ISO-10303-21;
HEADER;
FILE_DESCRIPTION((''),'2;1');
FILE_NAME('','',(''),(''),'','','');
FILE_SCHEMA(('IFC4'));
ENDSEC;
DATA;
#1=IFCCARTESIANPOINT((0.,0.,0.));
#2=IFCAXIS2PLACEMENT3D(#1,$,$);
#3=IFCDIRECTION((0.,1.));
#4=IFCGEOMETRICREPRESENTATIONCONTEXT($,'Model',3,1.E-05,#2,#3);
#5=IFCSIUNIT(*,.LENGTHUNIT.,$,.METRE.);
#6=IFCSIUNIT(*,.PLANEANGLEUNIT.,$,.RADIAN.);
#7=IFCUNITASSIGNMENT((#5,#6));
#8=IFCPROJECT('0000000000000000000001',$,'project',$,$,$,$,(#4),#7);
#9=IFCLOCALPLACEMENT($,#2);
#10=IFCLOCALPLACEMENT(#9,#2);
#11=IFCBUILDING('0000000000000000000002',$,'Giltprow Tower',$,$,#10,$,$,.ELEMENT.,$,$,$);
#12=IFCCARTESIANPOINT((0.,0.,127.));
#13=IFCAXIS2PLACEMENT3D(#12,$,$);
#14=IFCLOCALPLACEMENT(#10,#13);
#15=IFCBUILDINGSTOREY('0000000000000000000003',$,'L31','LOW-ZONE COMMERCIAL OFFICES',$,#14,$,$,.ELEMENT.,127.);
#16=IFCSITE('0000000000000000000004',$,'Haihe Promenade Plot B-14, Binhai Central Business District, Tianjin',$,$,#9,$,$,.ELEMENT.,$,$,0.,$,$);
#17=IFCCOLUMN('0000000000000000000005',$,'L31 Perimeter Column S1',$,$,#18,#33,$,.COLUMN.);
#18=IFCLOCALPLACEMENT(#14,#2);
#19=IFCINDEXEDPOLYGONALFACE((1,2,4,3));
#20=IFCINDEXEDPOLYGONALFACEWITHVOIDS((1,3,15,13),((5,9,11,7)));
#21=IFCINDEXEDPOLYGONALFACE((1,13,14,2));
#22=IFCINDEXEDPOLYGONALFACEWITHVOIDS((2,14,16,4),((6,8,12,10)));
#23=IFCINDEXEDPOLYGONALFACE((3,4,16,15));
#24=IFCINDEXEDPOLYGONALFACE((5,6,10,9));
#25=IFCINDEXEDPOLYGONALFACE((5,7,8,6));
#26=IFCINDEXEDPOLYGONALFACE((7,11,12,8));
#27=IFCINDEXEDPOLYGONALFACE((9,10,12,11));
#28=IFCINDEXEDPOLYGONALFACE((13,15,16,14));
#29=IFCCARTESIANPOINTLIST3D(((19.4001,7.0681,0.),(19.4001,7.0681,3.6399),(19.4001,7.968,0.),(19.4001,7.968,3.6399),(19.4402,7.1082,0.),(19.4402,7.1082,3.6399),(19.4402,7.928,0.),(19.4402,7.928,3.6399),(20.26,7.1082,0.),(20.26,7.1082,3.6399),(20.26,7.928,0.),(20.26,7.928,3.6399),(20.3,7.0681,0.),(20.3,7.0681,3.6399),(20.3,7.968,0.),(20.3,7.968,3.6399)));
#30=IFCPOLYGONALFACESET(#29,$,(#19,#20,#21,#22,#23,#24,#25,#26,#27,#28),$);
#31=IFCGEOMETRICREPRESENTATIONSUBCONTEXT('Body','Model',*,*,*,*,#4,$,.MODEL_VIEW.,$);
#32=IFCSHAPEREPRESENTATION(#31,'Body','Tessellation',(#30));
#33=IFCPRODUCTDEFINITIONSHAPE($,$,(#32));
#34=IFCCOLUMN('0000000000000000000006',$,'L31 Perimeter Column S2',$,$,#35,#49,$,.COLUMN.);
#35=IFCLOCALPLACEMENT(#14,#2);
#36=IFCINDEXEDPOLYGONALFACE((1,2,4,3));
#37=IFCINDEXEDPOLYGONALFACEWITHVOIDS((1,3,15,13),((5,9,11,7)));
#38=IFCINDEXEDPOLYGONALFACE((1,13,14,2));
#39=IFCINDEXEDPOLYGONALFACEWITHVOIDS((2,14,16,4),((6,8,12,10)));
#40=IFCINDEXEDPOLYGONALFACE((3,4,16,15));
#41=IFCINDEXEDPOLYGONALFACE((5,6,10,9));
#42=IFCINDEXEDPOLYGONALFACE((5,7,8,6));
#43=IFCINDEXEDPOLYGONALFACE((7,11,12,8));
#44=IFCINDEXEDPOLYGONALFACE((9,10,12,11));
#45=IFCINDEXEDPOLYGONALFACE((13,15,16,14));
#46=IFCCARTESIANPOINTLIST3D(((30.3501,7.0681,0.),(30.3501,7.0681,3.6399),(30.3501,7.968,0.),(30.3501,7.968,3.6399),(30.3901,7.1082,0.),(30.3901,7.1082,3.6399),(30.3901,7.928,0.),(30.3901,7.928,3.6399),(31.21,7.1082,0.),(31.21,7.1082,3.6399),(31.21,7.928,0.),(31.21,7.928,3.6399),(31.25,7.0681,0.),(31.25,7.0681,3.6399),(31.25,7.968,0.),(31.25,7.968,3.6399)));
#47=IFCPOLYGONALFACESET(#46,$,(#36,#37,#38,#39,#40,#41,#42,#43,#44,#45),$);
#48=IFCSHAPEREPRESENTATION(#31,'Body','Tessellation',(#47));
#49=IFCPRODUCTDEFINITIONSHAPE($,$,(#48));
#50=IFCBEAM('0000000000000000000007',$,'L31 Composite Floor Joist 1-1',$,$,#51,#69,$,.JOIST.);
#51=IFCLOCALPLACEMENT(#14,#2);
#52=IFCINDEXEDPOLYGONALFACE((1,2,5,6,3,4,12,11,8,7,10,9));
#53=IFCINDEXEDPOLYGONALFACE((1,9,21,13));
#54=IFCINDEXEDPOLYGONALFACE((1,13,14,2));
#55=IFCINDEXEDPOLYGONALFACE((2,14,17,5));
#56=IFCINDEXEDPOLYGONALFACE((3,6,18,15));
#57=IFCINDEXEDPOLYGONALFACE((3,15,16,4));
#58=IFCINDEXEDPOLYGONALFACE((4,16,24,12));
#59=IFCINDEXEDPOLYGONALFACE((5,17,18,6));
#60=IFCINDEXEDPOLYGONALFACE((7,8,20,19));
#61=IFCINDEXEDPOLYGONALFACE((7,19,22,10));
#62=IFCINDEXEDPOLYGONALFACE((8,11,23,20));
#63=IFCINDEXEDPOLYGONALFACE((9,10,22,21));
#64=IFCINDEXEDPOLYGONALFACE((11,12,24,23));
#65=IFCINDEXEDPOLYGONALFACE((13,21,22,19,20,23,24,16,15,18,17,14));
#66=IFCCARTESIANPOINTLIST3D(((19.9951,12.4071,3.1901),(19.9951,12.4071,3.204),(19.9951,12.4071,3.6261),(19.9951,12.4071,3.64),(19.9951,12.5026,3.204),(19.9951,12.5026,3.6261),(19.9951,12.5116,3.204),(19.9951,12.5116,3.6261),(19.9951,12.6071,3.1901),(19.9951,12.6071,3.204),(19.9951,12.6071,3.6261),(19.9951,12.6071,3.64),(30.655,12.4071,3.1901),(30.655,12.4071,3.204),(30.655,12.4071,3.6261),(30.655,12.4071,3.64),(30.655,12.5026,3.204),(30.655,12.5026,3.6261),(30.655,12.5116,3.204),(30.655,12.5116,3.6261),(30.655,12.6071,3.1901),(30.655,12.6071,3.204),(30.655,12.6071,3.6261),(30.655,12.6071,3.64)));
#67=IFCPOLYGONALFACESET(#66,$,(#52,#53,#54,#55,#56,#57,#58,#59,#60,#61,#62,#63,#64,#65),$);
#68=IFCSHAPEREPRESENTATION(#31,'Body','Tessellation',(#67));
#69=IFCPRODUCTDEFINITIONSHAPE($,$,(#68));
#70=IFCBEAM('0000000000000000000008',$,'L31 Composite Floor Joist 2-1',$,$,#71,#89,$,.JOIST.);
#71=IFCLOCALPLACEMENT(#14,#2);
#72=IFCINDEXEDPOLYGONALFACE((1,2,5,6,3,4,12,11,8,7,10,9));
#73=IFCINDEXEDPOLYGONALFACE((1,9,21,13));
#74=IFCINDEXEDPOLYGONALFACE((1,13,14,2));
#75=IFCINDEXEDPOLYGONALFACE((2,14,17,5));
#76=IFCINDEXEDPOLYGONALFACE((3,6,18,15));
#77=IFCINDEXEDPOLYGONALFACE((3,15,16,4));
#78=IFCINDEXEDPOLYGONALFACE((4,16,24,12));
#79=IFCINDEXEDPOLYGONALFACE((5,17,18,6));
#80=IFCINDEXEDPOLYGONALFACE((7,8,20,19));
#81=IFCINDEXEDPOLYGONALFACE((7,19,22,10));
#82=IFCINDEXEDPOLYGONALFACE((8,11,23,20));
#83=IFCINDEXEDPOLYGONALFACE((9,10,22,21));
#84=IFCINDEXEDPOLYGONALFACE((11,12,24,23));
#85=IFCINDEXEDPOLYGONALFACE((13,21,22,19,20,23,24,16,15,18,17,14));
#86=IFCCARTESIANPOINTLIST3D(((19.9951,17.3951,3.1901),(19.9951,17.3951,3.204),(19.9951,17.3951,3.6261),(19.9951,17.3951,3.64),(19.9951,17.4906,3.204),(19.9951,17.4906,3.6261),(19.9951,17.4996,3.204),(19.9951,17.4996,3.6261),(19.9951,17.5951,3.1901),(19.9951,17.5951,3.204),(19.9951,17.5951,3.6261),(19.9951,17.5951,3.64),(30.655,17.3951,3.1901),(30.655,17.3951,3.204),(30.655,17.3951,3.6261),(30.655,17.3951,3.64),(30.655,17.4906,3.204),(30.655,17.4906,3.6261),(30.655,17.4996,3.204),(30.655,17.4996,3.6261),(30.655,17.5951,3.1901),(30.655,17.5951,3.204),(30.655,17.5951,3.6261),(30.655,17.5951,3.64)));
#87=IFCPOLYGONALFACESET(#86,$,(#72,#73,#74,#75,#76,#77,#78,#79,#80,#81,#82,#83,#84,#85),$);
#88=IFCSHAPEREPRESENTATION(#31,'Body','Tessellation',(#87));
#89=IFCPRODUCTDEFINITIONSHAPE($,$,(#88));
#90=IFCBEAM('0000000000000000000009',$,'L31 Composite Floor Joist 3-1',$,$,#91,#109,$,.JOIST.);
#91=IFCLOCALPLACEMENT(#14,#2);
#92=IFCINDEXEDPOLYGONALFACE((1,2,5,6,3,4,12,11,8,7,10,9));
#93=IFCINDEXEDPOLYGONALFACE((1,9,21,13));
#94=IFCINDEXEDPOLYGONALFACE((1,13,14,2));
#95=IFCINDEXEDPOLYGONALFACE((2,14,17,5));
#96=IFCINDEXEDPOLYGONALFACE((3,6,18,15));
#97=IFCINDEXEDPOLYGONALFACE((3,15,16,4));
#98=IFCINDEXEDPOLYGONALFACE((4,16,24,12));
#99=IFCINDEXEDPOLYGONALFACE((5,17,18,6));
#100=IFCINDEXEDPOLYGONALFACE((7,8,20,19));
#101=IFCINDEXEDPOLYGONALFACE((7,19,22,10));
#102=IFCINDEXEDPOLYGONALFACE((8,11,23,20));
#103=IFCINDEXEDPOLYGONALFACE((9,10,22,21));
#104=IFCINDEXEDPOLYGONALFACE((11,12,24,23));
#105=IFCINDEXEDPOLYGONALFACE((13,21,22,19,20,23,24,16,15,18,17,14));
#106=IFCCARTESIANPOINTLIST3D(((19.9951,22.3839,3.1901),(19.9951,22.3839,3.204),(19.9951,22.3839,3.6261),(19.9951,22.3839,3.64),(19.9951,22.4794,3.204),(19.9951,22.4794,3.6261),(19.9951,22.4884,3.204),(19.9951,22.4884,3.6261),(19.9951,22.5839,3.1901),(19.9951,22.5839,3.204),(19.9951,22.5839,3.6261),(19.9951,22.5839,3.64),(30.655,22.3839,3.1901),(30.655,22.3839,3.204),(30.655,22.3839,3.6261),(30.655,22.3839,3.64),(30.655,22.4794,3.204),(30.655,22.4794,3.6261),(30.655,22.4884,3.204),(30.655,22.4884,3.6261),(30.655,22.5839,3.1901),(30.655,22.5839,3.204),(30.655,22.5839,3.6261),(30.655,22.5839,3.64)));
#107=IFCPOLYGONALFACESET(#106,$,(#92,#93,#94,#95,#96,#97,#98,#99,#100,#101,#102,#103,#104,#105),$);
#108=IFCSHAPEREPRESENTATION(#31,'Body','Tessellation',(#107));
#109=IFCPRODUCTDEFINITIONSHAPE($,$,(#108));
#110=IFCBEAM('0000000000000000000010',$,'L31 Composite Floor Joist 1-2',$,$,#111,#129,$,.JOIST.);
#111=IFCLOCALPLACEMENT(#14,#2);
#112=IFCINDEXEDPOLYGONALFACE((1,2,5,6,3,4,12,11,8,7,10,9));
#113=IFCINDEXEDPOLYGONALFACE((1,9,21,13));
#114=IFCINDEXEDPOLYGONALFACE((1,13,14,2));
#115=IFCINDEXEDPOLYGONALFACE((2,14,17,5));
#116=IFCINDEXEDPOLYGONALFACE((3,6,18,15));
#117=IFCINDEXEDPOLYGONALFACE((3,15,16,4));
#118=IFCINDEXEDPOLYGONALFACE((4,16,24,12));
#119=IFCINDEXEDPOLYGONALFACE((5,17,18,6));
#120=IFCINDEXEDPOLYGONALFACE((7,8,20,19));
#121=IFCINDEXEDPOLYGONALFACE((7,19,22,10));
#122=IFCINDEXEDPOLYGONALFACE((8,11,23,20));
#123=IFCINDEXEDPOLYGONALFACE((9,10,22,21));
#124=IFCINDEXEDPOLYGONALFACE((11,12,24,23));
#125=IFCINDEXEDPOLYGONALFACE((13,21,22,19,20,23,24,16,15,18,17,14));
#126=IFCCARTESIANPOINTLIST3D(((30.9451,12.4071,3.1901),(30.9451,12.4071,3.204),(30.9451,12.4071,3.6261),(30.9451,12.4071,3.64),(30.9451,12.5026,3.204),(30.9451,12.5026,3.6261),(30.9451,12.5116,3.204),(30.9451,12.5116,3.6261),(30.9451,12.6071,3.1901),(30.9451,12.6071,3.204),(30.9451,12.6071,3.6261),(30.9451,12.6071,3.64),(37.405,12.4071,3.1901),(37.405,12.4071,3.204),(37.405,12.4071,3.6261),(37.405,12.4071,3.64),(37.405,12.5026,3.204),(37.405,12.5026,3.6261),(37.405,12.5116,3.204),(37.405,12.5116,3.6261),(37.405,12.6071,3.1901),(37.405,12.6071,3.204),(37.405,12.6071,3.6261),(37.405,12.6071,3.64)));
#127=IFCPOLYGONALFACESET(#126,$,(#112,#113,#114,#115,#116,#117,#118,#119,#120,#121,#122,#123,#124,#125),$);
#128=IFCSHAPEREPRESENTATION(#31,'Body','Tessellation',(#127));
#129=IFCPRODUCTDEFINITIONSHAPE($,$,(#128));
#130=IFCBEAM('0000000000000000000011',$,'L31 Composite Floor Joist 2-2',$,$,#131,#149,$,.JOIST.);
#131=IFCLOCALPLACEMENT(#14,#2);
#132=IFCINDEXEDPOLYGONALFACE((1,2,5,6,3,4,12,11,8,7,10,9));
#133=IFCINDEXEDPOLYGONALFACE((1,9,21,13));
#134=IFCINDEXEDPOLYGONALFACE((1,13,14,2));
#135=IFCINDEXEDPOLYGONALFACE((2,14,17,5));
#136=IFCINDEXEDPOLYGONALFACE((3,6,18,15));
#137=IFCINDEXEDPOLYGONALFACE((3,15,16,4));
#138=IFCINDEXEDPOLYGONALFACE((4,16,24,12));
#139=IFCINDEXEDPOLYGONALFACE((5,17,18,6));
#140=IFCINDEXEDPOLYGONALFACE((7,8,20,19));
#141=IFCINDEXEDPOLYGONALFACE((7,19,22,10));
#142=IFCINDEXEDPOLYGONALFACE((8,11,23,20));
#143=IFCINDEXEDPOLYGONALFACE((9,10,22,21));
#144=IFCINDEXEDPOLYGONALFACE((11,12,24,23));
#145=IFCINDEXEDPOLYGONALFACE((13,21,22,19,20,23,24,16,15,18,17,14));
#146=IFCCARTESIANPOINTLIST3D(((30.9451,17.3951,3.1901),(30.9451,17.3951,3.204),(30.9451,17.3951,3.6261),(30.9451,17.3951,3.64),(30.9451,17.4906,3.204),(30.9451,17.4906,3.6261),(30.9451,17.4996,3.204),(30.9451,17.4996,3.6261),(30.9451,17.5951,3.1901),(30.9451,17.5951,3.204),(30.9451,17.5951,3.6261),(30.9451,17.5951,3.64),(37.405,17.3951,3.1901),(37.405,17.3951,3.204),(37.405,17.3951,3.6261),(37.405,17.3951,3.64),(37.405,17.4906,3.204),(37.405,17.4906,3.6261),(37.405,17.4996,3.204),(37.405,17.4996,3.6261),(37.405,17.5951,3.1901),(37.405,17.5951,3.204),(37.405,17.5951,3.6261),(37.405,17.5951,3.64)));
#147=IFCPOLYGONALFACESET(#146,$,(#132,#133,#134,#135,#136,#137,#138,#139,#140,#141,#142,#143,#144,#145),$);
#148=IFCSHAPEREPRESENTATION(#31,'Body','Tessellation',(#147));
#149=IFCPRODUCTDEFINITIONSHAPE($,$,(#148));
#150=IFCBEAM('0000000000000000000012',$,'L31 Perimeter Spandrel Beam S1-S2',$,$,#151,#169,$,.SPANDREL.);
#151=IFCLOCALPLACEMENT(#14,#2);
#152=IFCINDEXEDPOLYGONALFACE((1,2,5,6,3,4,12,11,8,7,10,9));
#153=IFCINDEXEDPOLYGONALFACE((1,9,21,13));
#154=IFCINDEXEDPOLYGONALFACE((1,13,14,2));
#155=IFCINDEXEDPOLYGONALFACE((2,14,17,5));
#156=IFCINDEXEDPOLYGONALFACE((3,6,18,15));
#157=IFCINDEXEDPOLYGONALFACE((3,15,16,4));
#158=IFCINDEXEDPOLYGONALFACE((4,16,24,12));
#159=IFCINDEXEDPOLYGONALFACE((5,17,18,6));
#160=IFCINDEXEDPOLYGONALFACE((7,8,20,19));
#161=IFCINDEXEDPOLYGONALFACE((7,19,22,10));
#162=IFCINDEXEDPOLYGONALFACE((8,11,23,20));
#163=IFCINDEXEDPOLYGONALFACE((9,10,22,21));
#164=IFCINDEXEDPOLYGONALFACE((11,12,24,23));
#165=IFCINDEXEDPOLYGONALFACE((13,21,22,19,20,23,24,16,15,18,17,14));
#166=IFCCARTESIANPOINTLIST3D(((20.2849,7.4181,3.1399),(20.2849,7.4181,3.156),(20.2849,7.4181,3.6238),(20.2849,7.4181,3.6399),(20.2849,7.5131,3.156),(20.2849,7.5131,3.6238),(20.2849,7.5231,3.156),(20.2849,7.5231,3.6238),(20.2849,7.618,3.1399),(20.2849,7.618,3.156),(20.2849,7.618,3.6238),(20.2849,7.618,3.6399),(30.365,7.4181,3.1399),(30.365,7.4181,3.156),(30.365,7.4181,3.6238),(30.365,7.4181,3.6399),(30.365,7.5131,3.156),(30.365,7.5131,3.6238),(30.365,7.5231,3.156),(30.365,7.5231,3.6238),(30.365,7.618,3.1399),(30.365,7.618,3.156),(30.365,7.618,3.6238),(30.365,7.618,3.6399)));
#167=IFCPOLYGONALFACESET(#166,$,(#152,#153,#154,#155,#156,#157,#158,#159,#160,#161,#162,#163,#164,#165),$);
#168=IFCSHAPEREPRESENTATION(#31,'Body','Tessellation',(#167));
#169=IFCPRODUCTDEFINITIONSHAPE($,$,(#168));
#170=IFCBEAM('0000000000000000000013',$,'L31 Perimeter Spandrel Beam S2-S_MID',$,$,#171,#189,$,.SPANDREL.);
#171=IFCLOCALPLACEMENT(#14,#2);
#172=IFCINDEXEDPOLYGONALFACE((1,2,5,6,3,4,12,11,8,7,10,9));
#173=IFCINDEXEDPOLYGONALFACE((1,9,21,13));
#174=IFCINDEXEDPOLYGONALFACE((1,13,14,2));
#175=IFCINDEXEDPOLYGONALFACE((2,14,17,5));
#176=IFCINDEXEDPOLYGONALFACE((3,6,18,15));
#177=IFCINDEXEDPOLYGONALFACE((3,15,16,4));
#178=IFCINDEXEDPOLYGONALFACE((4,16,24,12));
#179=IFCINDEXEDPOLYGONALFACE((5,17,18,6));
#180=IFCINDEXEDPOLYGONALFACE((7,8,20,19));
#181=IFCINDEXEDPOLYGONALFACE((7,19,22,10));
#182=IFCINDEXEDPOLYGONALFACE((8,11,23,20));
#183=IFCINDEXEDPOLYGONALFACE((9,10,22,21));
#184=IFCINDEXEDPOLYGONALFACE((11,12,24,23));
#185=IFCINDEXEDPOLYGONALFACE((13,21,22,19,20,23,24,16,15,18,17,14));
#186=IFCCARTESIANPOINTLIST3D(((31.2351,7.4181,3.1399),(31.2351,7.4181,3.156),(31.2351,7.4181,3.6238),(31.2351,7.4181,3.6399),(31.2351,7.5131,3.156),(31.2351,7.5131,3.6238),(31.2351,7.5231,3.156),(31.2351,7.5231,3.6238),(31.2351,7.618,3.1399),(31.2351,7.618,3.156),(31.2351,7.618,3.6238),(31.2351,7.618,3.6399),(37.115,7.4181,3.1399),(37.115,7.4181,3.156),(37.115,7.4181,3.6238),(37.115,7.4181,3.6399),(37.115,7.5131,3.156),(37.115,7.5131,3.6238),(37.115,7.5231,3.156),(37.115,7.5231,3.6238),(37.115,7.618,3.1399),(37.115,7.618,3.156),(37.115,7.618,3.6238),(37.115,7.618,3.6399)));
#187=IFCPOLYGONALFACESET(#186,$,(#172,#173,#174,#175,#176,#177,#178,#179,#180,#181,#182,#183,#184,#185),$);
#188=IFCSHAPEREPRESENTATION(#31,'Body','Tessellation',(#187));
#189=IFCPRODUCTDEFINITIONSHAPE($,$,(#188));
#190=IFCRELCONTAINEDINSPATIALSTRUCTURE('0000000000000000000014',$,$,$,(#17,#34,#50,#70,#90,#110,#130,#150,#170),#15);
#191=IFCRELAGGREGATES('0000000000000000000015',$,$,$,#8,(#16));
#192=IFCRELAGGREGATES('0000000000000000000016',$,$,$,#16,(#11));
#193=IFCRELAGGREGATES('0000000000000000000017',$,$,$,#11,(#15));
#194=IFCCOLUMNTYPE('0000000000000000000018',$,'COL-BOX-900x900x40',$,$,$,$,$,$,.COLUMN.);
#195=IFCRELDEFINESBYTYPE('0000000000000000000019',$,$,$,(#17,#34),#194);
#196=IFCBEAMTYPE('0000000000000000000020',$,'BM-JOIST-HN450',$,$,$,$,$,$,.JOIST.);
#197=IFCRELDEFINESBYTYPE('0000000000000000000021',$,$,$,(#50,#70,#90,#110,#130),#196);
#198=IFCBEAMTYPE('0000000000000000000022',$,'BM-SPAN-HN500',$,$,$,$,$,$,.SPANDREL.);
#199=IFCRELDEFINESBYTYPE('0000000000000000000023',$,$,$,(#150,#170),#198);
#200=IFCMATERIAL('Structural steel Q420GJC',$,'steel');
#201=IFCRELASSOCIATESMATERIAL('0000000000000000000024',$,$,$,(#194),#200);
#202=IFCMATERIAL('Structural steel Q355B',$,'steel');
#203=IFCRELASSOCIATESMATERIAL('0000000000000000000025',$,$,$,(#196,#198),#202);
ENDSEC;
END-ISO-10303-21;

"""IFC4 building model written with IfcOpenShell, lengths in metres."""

from ifc_helpers import new_model, si_unit, direction, frame, origin, origin_2d, place, context, subcontext, project, spatial, hollow_rectangle, i_section, extrude, source, transform, mapped, material, material_profile, profile_set, type_object, element, save


model = new_model("IFC4")

# Units and contexts
model_context = context("Model", 3, precision=1e-05, world=origin(), true_north=direction((0.0, 1.0)))
body_context = subcontext(model_context, "Body", "Model", "MODEL_VIEW")
ifc_project = project(units=[si_unit("LENGTHUNIT", "METRE"), si_unit("PLANEANGLEUNIT", "RADIAN")], contexts=[model_context])

# Site, building, storey
site_placement = place(None, origin())
site = spatial("IfcSite", under=ifc_project, at=site_placement, Name="Haihe Promenade Plot B-14, Binhai Central Business District, Tianjin", CompositionType="ELEMENT", RefElevation=0.0)
building_placement = place(site_placement, origin())
building = spatial("IfcBuilding", under=site, at=building_placement, Name="Giltprow Tower", CompositionType="ELEMENT")
storey_placement = place(building_placement, frame((0.0, 0.0, 127.0)))
storey = spatial("IfcBuildingStorey", under=building, at=storey_placement, Name="L31", Description="LOW-ZONE COMMERCIAL OFFICES", CompositionType="ELEMENT", Elevation=127.0)

# Columns
ifc_material_1 = material(Name="Structural steel Q420GJC", Category="steel")
ifc_material_profile_1 = material_profile(ifc_material_1, hollow_rectangle(XDim=0.8999, YDim=0.8999, WallThickness=0.04, at=origin_2d()), Name="BOX 900x900x40")
ifc_profile_set_1 = profile_set([ifc_material_profile_1], Name="Structural steel Q420GJC")
column_type = type_object("IfcColumnType", Name="COL-BOX-900x900x40", PredefinedType="COLUMN", material=ifc_profile_set_1)
shared_shape_1 = source(origin(), body_context, "Body", "SweptSolid", [
    extrude(hollow_rectangle(XDim=0.8999, YDim=0.8999, WallThickness=0.04, at=origin_2d()), origin(), (0.0, 0.0, 1.0), 3.6399),
])
for number, where, z_axis, x_axis, name in (
    (1, (19.8501, 7.5181, 0.0), (0.0, 0.0, 1.0), (1.0, 0.0, 0.0), "L31 Perimeter Column S1"),
    (2, (30.8, 7.5181, 0.0), (0.0, 0.0, 1.0), (1.0, 0.0, 0.0), "L31 Perimeter Column S2"),
):
    element("IfcColumn", number, at=place(storey_placement, frame(where, z_axis=z_axis, x_axis=x_axis)), inside=storey, type_object=column_type, Name=name, PredefinedType="COLUMN", context=body_context, shape_type="MappedRepresentation", body=[
        mapped(shared_shape_1, transform((0.0, 0.0, 0.0), x_axis=(1.0, 0.0, 0.0), y_axis=(0.0, 1.0, 0.0), z_axis=(0.0, 0.0, 1.0), scale=1.0)),
    ])

# Beams
ifc_material_2 = material(Name="Structural steel Q355B", Category="steel")
ifc_material_profile_2 = material_profile(ifc_material_2, i_section(OverallWidth=0.2, OverallDepth=0.45, WebThickness=0.009, FlangeThickness=0.0139, at=origin_2d()), Name="HN 450x200x9x14")
ifc_profile_set_2 = profile_set([ifc_material_profile_2], Name="Structural steel Q355B")
beam_type_1 = type_object("IfcBeamType", Name="BM-JOIST-HN450", PredefinedType="JOIST", material=ifc_profile_set_2)
shared_shape_2 = source(origin(), body_context, "Body", "SweptSolid", [
    extrude(i_section(OverallWidth=0.2, OverallDepth=0.45, WebThickness=0.009, FlangeThickness=0.0139, at=origin_2d()), origin(), (0.0, 0.0, 1.0), 10.6599),
])
for number, where, z_axis, x_axis, name in (
    (3, (19.9951, 12.5071, 3.415), (1.0, 0.0, 0.0), (0.0, 1.0, 0.0), "L31 Composite Floor Joist 1-1"),
    (4, (19.9951, 17.4951, 3.415), (1.0, 0.0, 0.0), (0.0, 1.0, 0.0), "L31 Composite Floor Joist 2-1"),
    (5, (19.9951, 22.4839, 3.415), (1.0, 0.0, 0.0), (0.0, 1.0, 0.0), "L31 Composite Floor Joist 3-1"),
):
    element("IfcBeam", number, at=place(storey_placement, frame(where, z_axis=z_axis, x_axis=x_axis)), inside=storey, type_object=beam_type_1, Name=name, PredefinedType="JOIST", context=body_context, shape_type="MappedRepresentation", body=[
        mapped(shared_shape_2, transform((0.0, 0.0, 0.0), x_axis=(1.0, 0.0, 0.0), y_axis=(0.0, 1.0, 0.0), z_axis=(0.0, 0.0, 1.0), scale=1.0)),
    ])
shared_shape_3 = source(origin(), body_context, "Body", "SweptSolid", [
    extrude(i_section(OverallWidth=0.2, OverallDepth=0.45, WebThickness=0.009, FlangeThickness=0.0139, at=origin_2d()), origin(), (0.0, 0.0, 1.0), 6.46),
])
for number, where, z_axis, x_axis, name in (
    (6, (30.9451, 12.5071, 3.415), (1.0, 0.0, 0.0), (0.0, 1.0, 0.0), "L31 Composite Floor Joist 1-2"),
    (7, (30.9451, 17.4951, 3.415), (1.0, 0.0, 0.0), (0.0, 1.0, 0.0), "L31 Composite Floor Joist 2-2"),
):
    element("IfcBeam", number, at=place(storey_placement, frame(where, z_axis=z_axis, x_axis=x_axis)), inside=storey, type_object=beam_type_1, Name=name, PredefinedType="JOIST", context=body_context, shape_type="MappedRepresentation", body=[
        mapped(shared_shape_3, transform((0.0, 0.0, 0.0), x_axis=(1.0, 0.0, 0.0), y_axis=(0.0, 1.0, 0.0), z_axis=(0.0, 0.0, 1.0), scale=1.0)),
    ])
ifc_material_profile_3 = material_profile(ifc_material_2, i_section(OverallWidth=0.2, OverallDepth=0.5, WebThickness=0.01, FlangeThickness=0.0161, at=origin_2d()), Name="HN 500x200x10x16")
ifc_profile_set_3 = profile_set([ifc_material_profile_3], Name="Structural steel Q355B")
beam_type_2 = type_object("IfcBeamType", Name="BM-SPAN-HN500", PredefinedType="SPANDREL", material=ifc_profile_set_3)
shared_shape_4 = source(origin(), body_context, "Body", "SweptSolid", [
    extrude(i_section(OverallWidth=0.2, OverallDepth=0.5, WebThickness=0.01, FlangeThickness=0.0161, at=origin_2d()), origin(), (0.0, 0.0, 1.0), 10.0801),
])
beam_1_placement = place(storey_placement, frame((20.2849, 7.5181, 3.3899), z_axis=(1.0, 0.0, 0.0), x_axis=(0.0, 1.0, 0.0)))
element("IfcBeam", 8, at=beam_1_placement, inside=storey, type_object=beam_type_2, Name="L31 Perimeter Spandrel Beam S1-S2", PredefinedType="SPANDREL", context=body_context, shape_type="MappedRepresentation", body=[
    mapped(shared_shape_4, transform((0.0, 0.0, 0.0), x_axis=(1.0, 0.0, 0.0), y_axis=(0.0, 1.0, 0.0), z_axis=(0.0, 0.0, 1.0), scale=1.0)),
])
shared_shape_5 = source(origin(), body_context, "Body", "SweptSolid", [
    extrude(i_section(OverallWidth=0.2, OverallDepth=0.5, WebThickness=0.01, FlangeThickness=0.0161, at=origin_2d()), origin(), (0.0, 0.0, 1.0), 5.8799),
])
beam_2_placement = place(storey_placement, frame((31.2351, 7.5181, 3.3899), z_axis=(1.0, 0.0, 0.0), x_axis=(0.0, 1.0, 0.0)))
element("IfcBeam", 9, at=beam_2_placement, inside=storey, type_object=beam_type_2, Name="L31 Perimeter Spandrel Beam S2-S_MID", PredefinedType="SPANDREL", context=body_context, shape_type="MappedRepresentation", body=[
    mapped(shared_shape_5, transform((0.0, 0.0, 0.0), x_axis=(1.0, 0.0, 0.0), y_axis=(0.0, 1.0, 0.0), z_axis=(0.0, 0.0, 1.0), scale=1.0)),
])

save(model, "model.ifc")
